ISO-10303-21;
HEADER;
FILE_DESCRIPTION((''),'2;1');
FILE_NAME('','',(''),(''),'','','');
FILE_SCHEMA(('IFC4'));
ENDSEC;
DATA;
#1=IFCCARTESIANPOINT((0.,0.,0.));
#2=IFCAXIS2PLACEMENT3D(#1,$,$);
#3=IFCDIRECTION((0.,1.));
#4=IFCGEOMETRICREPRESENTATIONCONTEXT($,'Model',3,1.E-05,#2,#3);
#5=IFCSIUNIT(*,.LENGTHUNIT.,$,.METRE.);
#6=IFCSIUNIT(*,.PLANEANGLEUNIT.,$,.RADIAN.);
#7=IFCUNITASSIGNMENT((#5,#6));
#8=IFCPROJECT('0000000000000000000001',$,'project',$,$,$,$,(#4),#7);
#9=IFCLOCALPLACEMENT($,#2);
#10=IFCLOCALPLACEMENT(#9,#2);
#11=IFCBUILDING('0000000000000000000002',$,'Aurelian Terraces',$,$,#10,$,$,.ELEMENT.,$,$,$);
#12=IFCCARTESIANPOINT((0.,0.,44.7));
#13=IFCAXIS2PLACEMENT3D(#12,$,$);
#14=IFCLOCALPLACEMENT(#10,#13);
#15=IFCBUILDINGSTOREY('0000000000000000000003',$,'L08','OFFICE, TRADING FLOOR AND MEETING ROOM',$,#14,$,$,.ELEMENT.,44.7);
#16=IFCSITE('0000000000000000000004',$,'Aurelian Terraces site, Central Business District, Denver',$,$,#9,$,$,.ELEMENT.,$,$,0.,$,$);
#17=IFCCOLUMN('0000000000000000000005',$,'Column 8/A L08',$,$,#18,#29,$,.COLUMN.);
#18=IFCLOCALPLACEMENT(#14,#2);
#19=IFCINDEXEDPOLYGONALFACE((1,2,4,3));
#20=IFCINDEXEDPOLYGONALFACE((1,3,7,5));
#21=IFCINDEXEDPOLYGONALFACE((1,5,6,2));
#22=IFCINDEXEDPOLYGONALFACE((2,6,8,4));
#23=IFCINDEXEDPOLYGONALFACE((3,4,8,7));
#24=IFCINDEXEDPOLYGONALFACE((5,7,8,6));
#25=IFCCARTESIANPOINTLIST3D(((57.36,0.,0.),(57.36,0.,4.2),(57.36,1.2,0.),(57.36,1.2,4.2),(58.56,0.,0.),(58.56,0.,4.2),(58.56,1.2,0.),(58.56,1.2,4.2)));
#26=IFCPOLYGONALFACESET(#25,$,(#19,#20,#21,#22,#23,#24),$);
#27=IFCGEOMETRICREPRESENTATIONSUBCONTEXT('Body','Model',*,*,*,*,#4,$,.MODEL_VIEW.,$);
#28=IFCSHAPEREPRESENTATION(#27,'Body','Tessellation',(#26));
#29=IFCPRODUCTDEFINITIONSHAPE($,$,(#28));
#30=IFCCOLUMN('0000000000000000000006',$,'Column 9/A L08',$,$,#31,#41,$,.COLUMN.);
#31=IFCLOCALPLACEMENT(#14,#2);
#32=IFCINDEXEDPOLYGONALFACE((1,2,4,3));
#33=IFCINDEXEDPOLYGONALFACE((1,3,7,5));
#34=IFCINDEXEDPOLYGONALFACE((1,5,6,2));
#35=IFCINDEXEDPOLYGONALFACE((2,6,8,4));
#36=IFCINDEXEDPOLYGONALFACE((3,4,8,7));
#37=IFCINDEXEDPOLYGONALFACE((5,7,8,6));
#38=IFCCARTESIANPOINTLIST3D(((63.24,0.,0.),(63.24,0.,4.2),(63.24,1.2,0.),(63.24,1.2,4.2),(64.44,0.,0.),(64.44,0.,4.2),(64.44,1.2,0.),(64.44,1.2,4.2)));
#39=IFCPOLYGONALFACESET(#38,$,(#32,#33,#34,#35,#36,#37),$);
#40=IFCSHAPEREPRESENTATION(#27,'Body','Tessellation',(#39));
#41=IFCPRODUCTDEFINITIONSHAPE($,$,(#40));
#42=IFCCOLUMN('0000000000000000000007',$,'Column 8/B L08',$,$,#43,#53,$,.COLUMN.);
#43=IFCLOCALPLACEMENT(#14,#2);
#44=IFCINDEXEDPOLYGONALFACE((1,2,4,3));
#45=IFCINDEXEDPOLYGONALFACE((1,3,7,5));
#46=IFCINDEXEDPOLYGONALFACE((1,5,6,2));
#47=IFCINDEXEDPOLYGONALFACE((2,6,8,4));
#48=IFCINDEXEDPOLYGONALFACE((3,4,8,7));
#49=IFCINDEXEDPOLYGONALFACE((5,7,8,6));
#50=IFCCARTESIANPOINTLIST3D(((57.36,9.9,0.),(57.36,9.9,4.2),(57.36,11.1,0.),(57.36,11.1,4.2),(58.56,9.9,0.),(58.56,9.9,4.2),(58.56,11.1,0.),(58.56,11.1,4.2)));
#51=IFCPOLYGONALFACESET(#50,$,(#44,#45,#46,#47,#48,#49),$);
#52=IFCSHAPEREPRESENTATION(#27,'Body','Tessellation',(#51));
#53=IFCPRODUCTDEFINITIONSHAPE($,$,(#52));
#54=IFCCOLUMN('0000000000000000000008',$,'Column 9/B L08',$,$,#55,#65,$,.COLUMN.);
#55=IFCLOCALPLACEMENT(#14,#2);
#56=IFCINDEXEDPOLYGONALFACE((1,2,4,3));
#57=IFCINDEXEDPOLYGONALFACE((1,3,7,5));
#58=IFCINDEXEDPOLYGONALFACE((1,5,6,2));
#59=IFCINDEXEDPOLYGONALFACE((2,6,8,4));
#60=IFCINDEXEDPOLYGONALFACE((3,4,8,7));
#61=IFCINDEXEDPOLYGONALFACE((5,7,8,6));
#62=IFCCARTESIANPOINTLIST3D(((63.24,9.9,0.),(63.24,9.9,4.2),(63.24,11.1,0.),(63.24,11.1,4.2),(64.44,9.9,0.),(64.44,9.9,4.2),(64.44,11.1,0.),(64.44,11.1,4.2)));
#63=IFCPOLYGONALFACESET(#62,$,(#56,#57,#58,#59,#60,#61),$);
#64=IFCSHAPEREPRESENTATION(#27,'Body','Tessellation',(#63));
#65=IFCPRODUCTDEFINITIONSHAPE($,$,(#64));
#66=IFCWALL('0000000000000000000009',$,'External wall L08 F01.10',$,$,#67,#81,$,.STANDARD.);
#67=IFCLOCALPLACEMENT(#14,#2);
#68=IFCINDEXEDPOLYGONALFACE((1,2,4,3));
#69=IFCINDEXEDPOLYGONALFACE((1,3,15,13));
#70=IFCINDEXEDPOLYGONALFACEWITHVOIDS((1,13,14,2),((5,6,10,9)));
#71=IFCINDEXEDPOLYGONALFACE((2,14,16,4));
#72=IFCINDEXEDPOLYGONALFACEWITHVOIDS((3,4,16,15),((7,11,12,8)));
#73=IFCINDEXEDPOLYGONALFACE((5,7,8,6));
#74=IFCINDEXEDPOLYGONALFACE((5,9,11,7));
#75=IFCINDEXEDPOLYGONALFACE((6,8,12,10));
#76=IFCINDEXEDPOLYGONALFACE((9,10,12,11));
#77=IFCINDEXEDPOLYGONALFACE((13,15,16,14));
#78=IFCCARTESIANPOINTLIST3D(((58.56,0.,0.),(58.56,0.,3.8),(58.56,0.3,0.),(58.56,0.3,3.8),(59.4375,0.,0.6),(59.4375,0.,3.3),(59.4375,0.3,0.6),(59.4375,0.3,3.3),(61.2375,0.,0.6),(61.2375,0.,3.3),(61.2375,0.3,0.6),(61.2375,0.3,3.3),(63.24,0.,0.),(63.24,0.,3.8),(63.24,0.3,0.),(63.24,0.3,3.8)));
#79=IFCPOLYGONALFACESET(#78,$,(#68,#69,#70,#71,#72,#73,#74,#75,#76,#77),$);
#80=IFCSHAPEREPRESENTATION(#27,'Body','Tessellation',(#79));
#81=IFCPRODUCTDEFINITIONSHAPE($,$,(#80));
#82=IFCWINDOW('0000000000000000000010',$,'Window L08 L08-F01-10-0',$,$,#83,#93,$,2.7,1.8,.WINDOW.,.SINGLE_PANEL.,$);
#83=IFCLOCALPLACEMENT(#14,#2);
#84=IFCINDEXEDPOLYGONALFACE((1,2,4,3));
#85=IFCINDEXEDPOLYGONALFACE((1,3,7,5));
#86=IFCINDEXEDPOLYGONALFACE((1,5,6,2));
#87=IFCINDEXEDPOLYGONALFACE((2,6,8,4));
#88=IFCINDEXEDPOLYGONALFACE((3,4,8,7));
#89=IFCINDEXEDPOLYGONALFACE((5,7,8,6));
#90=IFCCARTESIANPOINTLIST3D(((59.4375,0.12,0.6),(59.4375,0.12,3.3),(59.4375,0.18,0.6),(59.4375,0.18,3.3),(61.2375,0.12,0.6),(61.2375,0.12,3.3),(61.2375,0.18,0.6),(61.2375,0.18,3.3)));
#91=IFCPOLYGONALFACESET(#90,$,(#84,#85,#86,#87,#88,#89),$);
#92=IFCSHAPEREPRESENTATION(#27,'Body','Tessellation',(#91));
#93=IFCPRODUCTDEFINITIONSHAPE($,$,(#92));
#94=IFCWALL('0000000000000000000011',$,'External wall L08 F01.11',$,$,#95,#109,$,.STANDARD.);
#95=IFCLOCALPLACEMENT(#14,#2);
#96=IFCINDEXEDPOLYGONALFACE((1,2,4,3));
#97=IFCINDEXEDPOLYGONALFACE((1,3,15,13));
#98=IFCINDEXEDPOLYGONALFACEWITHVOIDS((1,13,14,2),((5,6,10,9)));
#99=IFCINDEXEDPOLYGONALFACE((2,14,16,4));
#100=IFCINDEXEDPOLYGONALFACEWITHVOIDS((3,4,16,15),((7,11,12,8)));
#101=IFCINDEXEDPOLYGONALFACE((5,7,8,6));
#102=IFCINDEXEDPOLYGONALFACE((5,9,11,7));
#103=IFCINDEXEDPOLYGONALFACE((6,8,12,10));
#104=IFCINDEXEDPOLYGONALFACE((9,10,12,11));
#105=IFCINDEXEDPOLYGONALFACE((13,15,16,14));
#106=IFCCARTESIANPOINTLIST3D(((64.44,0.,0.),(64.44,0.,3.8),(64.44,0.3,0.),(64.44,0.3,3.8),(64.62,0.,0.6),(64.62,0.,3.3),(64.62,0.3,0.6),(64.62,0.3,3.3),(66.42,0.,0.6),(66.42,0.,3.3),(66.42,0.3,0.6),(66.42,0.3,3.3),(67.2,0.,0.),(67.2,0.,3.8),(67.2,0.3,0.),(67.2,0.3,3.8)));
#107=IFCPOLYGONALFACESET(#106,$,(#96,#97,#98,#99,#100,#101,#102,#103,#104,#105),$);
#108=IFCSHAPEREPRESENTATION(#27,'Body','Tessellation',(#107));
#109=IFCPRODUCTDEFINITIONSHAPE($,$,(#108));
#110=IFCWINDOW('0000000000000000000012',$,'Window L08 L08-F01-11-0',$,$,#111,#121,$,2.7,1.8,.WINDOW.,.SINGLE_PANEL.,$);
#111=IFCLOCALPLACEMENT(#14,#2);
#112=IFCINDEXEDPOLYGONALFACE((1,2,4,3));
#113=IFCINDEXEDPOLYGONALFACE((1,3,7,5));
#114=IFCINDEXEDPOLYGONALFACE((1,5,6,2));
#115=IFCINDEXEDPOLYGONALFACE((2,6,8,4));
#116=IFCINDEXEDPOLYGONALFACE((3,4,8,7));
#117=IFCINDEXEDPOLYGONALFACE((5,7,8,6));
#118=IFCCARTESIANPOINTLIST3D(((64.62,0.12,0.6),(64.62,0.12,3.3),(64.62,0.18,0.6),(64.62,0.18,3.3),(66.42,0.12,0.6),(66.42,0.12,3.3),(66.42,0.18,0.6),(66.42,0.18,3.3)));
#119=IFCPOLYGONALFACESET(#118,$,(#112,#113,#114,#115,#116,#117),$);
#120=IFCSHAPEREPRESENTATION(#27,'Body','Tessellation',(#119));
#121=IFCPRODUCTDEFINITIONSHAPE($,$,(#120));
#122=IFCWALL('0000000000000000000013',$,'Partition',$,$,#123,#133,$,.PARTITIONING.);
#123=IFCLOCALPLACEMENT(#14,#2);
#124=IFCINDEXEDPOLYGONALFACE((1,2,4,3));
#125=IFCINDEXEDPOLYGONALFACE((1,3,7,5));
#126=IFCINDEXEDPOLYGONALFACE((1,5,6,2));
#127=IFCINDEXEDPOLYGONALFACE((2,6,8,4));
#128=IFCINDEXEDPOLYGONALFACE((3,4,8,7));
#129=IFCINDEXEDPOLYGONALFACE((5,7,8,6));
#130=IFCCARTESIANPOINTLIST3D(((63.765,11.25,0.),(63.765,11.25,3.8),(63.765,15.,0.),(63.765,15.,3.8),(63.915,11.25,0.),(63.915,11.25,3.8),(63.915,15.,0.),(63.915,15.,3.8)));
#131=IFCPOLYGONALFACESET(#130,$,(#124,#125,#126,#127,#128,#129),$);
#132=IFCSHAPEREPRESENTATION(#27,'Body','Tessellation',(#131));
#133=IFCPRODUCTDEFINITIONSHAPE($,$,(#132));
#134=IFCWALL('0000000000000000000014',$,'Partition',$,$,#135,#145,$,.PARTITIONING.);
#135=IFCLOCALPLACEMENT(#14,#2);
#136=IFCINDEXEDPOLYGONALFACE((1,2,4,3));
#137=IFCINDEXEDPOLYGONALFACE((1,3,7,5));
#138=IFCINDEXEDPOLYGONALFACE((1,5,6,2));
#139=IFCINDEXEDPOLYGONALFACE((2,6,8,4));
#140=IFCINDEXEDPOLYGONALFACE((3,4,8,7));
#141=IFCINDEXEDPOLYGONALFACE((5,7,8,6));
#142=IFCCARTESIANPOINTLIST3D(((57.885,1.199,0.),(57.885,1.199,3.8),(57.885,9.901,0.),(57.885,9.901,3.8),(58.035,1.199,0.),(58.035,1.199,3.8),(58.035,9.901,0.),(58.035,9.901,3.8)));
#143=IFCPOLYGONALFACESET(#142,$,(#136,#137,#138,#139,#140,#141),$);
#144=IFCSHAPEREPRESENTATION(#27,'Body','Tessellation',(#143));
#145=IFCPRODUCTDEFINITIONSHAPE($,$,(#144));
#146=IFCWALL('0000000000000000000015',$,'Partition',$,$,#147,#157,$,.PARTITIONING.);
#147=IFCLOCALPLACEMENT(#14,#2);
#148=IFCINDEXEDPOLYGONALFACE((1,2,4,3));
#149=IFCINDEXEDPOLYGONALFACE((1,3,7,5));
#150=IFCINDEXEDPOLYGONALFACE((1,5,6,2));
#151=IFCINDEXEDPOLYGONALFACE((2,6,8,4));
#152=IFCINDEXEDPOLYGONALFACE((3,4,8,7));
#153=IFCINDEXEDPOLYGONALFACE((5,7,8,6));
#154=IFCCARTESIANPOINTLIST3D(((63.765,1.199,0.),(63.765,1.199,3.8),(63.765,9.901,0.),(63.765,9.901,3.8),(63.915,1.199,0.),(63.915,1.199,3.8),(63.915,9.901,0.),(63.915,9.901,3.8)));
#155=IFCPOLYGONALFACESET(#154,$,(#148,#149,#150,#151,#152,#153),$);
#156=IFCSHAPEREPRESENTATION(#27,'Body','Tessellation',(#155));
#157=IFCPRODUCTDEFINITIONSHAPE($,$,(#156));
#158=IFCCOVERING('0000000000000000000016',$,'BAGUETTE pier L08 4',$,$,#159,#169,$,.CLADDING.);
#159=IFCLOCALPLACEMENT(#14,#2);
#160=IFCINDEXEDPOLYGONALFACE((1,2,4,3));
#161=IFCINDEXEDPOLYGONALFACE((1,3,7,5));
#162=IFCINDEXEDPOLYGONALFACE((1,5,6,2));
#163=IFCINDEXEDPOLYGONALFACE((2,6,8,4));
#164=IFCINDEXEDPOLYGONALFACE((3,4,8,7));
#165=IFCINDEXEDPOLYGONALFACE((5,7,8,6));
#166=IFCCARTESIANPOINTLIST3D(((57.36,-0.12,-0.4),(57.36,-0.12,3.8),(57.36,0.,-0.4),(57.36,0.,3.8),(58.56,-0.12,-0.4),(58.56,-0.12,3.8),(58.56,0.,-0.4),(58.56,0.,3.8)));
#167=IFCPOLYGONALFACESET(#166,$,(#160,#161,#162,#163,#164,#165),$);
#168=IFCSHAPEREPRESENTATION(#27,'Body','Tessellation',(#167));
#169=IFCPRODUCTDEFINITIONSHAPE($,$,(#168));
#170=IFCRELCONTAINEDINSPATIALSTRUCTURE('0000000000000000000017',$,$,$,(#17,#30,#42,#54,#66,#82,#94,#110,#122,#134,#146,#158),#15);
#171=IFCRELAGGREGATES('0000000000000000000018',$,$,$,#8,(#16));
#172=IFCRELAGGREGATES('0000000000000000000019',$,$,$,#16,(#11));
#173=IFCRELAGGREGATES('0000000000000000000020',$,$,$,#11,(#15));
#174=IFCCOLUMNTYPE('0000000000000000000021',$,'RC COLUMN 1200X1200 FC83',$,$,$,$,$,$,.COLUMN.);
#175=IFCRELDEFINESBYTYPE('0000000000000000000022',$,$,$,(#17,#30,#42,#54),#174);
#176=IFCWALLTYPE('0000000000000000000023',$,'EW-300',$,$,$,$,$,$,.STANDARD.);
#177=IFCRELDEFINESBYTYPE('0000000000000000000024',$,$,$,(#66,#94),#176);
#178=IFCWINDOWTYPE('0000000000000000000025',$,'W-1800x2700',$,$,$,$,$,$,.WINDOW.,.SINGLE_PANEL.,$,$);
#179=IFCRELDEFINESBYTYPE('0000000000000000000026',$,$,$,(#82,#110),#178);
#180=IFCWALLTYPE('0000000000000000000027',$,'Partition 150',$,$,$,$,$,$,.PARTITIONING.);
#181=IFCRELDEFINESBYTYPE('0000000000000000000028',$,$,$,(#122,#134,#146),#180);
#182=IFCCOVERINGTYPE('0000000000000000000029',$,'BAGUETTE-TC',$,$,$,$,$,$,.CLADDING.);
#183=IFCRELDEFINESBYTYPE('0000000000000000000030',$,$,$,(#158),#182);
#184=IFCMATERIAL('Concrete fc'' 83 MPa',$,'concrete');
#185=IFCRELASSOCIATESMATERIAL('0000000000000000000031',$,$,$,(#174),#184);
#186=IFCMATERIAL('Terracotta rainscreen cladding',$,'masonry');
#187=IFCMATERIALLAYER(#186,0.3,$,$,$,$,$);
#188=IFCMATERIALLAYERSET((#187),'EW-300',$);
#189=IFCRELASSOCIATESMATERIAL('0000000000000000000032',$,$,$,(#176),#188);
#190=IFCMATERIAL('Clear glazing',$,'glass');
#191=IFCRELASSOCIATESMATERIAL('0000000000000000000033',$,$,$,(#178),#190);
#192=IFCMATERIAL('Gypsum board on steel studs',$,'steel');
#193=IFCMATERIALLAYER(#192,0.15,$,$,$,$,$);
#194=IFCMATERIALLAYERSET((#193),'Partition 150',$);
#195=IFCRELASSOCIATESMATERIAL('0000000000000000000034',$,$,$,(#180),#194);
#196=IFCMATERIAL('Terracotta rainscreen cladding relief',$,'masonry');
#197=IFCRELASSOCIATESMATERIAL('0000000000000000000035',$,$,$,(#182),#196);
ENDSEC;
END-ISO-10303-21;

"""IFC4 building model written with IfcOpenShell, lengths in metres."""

from ifc_helpers import new_model, si_unit, direction, frame, frame_2d, origin, origin_2d, place, context, subcontext, project, spatial, rectangle, extrude, source, transform, mapped, material, layer, layer_set, material_profile, profile_set, type_object, element, fill, save


model = new_model("IFC4")

# Units and contexts
model_context = context("Model", 3, precision=1e-05, world=origin(), true_north=direction((0.0, 1.0)))
body_context = subcontext(model_context, "Body", "Model", "MODEL_VIEW")
ifc_project = project(units=[si_unit("LENGTHUNIT", "METRE"), si_unit("PLANEANGLEUNIT", "RADIAN")], contexts=[model_context])

# Site, building, storey
site_placement = place(None, origin())
site = spatial("IfcSite", under=ifc_project, at=site_placement, Name="Aurelian Terraces site, Central Business District, Denver", CompositionType="ELEMENT", RefElevation=0.0)
building_placement = place(site_placement, origin())
building = spatial("IfcBuilding", under=site, at=building_placement, Name="Aurelian Terraces", CompositionType="ELEMENT")
storey_placement = place(building_placement, frame((0.0, 0.0, 44.7)))
storey = spatial("IfcBuildingStorey", under=building, at=storey_placement, Name="L08", Description="OFFICE, TRADING FLOOR AND MEETING ROOM", CompositionType="ELEMENT", Elevation=44.7)

# Columns
ifc_material_1 = material(Name="Concrete fc' 83 MPa", Category="concrete")
ifc_material_profile = material_profile(ifc_material_1, rectangle(XDim=1.2, YDim=1.2, at=origin_2d()))
ifc_profile_set = profile_set([ifc_material_profile], Name="Concrete fc' 83 MPa")
column_type = type_object("IfcColumnType", Name="RC COLUMN 1200X1200 FC83", PredefinedType="COLUMN", material=ifc_profile_set)
shared_shape_1 = source(origin(), body_context, "Body", "SweptSolid", [
    extrude(rectangle(XDim=1.2, YDim=1.2, at=origin_2d()), origin(), (0.0, 0.0, 1.0), 4.2),
])
for number, where, z_axis, x_axis, name in (
    (1, (57.96, 0.6, 0.0), (0.0, 0.0, 1.0), (1.0, 0.0, 0.0), "Column 8/A L08"),
    (2, (63.84, 0.6, 0.0), (0.0, 0.0, 1.0), (1.0, 0.0, 0.0), "Column 9/A L08"),
    (3, (57.96, 10.5, 0.0), (0.0, 0.0, 1.0), (1.0, 0.0, 0.0), "Column 8/B L08"),
    (4, (63.84, 10.5, 0.0), (0.0, 0.0, 1.0), (1.0, 0.0, 0.0), "Column 9/B L08"),
):
    element("IfcColumn", number, at=place(storey_placement, frame(where, z_axis=z_axis, x_axis=x_axis)), inside=storey, type_object=column_type, Name=name, PredefinedType="COLUMN", context=body_context, shape_type="MappedRepresentation", body=[
        mapped(shared_shape_1, transform((0.0, 0.0, 0.0), scale=1.0)),
    ])

# Walls, openings, windows
ifc_material_2 = material(Name="Terracotta rainscreen cladding", Category="masonry")
ifc_layer_1 = layer(ifc_material_2, 0.3)
ifc_layer_set_1 = layer_set([ifc_layer_1], Name="EW-300")
wall_type_1 = type_object("IfcWallType", Name="EW-300", PredefinedType="STANDARD", material=ifc_layer_set_1)
shared_shape_2 = source(origin(), body_context, "Body", "SweptSolid", [
    extrude(rectangle(XDim=4.68, YDim=0.3, at=frame_2d((2.34, 0.0))), origin(), (0.0, 0.0, 1.0), 3.8),
])
wall_1_placement = place(storey_placement, frame((58.56, 0.15, 0.0), z_axis=(0.0, 0.0, 1.0), x_axis=(1.0, 0.0, 0.0)))
wall_1 = element("IfcWall", 5, at=wall_1_placement, inside=storey, type_object=wall_type_1, Name="External wall L08 F01.10", PredefinedType="STANDARD", context=body_context, shape_type="MappedRepresentation", body=[
    mapped(shared_shape_2, transform((0.0, 0.0, 0.0), scale=1.0)),
])
shared_shape_3 = source(origin(), body_context, "Body", "SweptSolid", [
    extrude(rectangle(XDim=1.8, YDim=2.7, at=frame_2d((0.9, 1.35))), frame((0.0, 0.16, 0.0), z_axis=(0.0, -1.0, 0.0), x_axis=(1.0, 0.0, 0.0)), (0.0, 0.0, 1.0), 0.32),
])
opening_1_placement = place(wall_1_placement, frame((0.8775, 0.0, 0.6)))
opening_1 = element("IfcOpeningElement", 6, at=opening_1_placement, cuts=wall_1, PredefinedType="OPENING", context=body_context, shape_type="MappedRepresentation", body=[
    mapped(shared_shape_3, transform((0.0, 0.0, 0.0), scale=1.0)),
])
ifc_material_3 = material(Name="Clear glazing", Category="glass")
window_type = type_object("IfcWindowType", Name="W-1800x2700", PartitioningType="SINGLE_PANEL", PredefinedType="WINDOW", material=ifc_material_3)
shared_shape_4 = source(origin(), body_context, "Body", "SweptSolid", [
    extrude(rectangle(XDim=1.8, YDim=2.7, at=frame_2d((0.9, 1.35))), frame((0.0, 0.03, 0.0), z_axis=(0.0, -1.0, 0.0), x_axis=(1.0, 0.0, 0.0)), (0.0, 0.0, 1.0), 0.06),
])
window_1_placement = place(opening_1_placement, origin())
window_1 = element("IfcWindow", 7, at=window_1_placement, inside=storey, type_object=window_type, Name="Window L08 L08-F01-10-0", OverallHeight=2.7, OverallWidth=1.8, PartitioningType="SINGLE_PANEL", PredefinedType="WINDOW", context=body_context, shape_type="MappedRepresentation", body=[
    mapped(shared_shape_4, transform((0.0, 0.0, 0.0), scale=1.0)),
])
fill(opening_1, window_1)
shared_shape_5 = source(origin(), body_context, "Body", "SweptSolid", [
    extrude(rectangle(XDim=2.76, YDim=0.3, at=frame_2d((1.38, 0.0))), origin(), (0.0, 0.0, 1.0), 3.8),
])
wall_2_placement = place(storey_placement, frame((64.44, 0.15, 0.0), z_axis=(0.0, 0.0, 1.0), x_axis=(1.0, 0.0, 0.0)))
wall_2 = element("IfcWall", 8, at=wall_2_placement, inside=storey, type_object=wall_type_1, Name="External wall L08 F01.11", PredefinedType="STANDARD", context=body_context, shape_type="MappedRepresentation", body=[
    mapped(shared_shape_5, transform((0.0, 0.0, 0.0), scale=1.0)),
])
opening_2_placement = place(wall_2_placement, frame((0.18, 0.0, 0.6)))
opening_2 = element("IfcOpeningElement", 9, at=opening_2_placement, cuts=wall_2, PredefinedType="OPENING", context=body_context, shape_type="MappedRepresentation", body=[
    mapped(shared_shape_3, transform((0.0, 0.0, 0.0), scale=1.0)),
])
window_2_placement = place(opening_2_placement, origin())
window_2 = element("IfcWindow", 10, at=window_2_placement, inside=storey, type_object=window_type, Name="Window L08 L08-F01-11-0", OverallHeight=2.7, OverallWidth=1.8, PartitioningType="SINGLE_PANEL", PredefinedType="WINDOW", context=body_context, shape_type="MappedRepresentation", body=[
    mapped(shared_shape_4, transform((0.0, 0.0, 0.0), scale=1.0)),
])
fill(opening_2, window_2)

# Walls
ifc_material_4 = material(Name="Gypsum board on steel studs", Category="steel")
ifc_layer_2 = layer(ifc_material_4, 0.15)
ifc_layer_set_2 = layer_set([ifc_layer_2], Name="Partition 150")
wall_type_2 = type_object("IfcWallType", Name="Partition 150", PredefinedType="PARTITIONING", material=ifc_layer_set_2)
shared_shape_6 = source(origin(), body_context, "Body", "SweptSolid", [
    extrude(rectangle(XDim=3.75, YDim=0.15, at=frame_2d((1.875, 0.0))), origin(), (0.0, 0.0, 1.0), 3.8),
])
wall_3_placement = place(storey_placement, frame((63.84, 11.25, 0.0), z_axis=(0.0, 0.0, 1.0), x_axis=(0.0, 1.0, 0.0)))
element("IfcWall", 11, at=wall_3_placement, inside=storey, type_object=wall_type_2, Name="Partition", PredefinedType="PARTITIONING", context=body_context, shape_type="MappedRepresentation", body=[
    mapped(shared_shape_6, transform((0.0, 0.0, 0.0), scale=1.0)),
])
shared_shape_7 = source(origin(), body_context, "Body", "SweptSolid", [
    extrude(rectangle(XDim=8.702, YDim=0.15, at=frame_2d((4.351, 0.0))), origin(), (0.0, 0.0, 1.0), 3.8),
])
for number, where, z_axis, x_axis, name in (
    (12, (57.96, 1.199, 0.0), (0.0, 0.0, 1.0), (0.0, 1.0, 0.0), "Partition"),
    (13, (63.84, 1.199, 0.0), (0.0, 0.0, 1.0), (0.0, 1.0, 0.0), "Partition"),
):
    element("IfcWall", number, at=place(storey_placement, frame(where, z_axis=z_axis, x_axis=x_axis)), inside=storey, type_object=wall_type_2, Name=name, PredefinedType="PARTITIONING", context=body_context, shape_type="MappedRepresentation", body=[
        mapped(shared_shape_7, transform((0.0, 0.0, 0.0), scale=1.0)),
    ])

# Covering
ifc_material_5 = material(Name="Terracotta rainscreen cladding relief", Category="masonry")
covering_type = type_object("IfcCoveringType", Name="BAGUETTE-TC", PredefinedType="CLADDING", material=ifc_material_5)
shared_shape_8 = source(origin(), body_context, "Body", "SweptSolid", [
    extrude(rectangle(XDim=1.2, YDim=0.12, at=origin_2d()), origin(), (0.0, 0.0, 1.0), 4.2),
])
covering_placement = place(storey_placement, frame((57.96, -0.06, -0.4), z_axis=(0.0, 0.0, 1.0), x_axis=(1.0, 0.0, 0.0)))
element("IfcCovering", 14, at=covering_placement, inside=storey, type_object=covering_type, Name="BAGUETTE pier L08 4", PredefinedType="CLADDING", context=body_context, shape_type="MappedRepresentation", body=[
    mapped(shared_shape_8, transform((0.0, 0.0, 0.0), scale=1.0)),
])

save(model, "model.ifc")
